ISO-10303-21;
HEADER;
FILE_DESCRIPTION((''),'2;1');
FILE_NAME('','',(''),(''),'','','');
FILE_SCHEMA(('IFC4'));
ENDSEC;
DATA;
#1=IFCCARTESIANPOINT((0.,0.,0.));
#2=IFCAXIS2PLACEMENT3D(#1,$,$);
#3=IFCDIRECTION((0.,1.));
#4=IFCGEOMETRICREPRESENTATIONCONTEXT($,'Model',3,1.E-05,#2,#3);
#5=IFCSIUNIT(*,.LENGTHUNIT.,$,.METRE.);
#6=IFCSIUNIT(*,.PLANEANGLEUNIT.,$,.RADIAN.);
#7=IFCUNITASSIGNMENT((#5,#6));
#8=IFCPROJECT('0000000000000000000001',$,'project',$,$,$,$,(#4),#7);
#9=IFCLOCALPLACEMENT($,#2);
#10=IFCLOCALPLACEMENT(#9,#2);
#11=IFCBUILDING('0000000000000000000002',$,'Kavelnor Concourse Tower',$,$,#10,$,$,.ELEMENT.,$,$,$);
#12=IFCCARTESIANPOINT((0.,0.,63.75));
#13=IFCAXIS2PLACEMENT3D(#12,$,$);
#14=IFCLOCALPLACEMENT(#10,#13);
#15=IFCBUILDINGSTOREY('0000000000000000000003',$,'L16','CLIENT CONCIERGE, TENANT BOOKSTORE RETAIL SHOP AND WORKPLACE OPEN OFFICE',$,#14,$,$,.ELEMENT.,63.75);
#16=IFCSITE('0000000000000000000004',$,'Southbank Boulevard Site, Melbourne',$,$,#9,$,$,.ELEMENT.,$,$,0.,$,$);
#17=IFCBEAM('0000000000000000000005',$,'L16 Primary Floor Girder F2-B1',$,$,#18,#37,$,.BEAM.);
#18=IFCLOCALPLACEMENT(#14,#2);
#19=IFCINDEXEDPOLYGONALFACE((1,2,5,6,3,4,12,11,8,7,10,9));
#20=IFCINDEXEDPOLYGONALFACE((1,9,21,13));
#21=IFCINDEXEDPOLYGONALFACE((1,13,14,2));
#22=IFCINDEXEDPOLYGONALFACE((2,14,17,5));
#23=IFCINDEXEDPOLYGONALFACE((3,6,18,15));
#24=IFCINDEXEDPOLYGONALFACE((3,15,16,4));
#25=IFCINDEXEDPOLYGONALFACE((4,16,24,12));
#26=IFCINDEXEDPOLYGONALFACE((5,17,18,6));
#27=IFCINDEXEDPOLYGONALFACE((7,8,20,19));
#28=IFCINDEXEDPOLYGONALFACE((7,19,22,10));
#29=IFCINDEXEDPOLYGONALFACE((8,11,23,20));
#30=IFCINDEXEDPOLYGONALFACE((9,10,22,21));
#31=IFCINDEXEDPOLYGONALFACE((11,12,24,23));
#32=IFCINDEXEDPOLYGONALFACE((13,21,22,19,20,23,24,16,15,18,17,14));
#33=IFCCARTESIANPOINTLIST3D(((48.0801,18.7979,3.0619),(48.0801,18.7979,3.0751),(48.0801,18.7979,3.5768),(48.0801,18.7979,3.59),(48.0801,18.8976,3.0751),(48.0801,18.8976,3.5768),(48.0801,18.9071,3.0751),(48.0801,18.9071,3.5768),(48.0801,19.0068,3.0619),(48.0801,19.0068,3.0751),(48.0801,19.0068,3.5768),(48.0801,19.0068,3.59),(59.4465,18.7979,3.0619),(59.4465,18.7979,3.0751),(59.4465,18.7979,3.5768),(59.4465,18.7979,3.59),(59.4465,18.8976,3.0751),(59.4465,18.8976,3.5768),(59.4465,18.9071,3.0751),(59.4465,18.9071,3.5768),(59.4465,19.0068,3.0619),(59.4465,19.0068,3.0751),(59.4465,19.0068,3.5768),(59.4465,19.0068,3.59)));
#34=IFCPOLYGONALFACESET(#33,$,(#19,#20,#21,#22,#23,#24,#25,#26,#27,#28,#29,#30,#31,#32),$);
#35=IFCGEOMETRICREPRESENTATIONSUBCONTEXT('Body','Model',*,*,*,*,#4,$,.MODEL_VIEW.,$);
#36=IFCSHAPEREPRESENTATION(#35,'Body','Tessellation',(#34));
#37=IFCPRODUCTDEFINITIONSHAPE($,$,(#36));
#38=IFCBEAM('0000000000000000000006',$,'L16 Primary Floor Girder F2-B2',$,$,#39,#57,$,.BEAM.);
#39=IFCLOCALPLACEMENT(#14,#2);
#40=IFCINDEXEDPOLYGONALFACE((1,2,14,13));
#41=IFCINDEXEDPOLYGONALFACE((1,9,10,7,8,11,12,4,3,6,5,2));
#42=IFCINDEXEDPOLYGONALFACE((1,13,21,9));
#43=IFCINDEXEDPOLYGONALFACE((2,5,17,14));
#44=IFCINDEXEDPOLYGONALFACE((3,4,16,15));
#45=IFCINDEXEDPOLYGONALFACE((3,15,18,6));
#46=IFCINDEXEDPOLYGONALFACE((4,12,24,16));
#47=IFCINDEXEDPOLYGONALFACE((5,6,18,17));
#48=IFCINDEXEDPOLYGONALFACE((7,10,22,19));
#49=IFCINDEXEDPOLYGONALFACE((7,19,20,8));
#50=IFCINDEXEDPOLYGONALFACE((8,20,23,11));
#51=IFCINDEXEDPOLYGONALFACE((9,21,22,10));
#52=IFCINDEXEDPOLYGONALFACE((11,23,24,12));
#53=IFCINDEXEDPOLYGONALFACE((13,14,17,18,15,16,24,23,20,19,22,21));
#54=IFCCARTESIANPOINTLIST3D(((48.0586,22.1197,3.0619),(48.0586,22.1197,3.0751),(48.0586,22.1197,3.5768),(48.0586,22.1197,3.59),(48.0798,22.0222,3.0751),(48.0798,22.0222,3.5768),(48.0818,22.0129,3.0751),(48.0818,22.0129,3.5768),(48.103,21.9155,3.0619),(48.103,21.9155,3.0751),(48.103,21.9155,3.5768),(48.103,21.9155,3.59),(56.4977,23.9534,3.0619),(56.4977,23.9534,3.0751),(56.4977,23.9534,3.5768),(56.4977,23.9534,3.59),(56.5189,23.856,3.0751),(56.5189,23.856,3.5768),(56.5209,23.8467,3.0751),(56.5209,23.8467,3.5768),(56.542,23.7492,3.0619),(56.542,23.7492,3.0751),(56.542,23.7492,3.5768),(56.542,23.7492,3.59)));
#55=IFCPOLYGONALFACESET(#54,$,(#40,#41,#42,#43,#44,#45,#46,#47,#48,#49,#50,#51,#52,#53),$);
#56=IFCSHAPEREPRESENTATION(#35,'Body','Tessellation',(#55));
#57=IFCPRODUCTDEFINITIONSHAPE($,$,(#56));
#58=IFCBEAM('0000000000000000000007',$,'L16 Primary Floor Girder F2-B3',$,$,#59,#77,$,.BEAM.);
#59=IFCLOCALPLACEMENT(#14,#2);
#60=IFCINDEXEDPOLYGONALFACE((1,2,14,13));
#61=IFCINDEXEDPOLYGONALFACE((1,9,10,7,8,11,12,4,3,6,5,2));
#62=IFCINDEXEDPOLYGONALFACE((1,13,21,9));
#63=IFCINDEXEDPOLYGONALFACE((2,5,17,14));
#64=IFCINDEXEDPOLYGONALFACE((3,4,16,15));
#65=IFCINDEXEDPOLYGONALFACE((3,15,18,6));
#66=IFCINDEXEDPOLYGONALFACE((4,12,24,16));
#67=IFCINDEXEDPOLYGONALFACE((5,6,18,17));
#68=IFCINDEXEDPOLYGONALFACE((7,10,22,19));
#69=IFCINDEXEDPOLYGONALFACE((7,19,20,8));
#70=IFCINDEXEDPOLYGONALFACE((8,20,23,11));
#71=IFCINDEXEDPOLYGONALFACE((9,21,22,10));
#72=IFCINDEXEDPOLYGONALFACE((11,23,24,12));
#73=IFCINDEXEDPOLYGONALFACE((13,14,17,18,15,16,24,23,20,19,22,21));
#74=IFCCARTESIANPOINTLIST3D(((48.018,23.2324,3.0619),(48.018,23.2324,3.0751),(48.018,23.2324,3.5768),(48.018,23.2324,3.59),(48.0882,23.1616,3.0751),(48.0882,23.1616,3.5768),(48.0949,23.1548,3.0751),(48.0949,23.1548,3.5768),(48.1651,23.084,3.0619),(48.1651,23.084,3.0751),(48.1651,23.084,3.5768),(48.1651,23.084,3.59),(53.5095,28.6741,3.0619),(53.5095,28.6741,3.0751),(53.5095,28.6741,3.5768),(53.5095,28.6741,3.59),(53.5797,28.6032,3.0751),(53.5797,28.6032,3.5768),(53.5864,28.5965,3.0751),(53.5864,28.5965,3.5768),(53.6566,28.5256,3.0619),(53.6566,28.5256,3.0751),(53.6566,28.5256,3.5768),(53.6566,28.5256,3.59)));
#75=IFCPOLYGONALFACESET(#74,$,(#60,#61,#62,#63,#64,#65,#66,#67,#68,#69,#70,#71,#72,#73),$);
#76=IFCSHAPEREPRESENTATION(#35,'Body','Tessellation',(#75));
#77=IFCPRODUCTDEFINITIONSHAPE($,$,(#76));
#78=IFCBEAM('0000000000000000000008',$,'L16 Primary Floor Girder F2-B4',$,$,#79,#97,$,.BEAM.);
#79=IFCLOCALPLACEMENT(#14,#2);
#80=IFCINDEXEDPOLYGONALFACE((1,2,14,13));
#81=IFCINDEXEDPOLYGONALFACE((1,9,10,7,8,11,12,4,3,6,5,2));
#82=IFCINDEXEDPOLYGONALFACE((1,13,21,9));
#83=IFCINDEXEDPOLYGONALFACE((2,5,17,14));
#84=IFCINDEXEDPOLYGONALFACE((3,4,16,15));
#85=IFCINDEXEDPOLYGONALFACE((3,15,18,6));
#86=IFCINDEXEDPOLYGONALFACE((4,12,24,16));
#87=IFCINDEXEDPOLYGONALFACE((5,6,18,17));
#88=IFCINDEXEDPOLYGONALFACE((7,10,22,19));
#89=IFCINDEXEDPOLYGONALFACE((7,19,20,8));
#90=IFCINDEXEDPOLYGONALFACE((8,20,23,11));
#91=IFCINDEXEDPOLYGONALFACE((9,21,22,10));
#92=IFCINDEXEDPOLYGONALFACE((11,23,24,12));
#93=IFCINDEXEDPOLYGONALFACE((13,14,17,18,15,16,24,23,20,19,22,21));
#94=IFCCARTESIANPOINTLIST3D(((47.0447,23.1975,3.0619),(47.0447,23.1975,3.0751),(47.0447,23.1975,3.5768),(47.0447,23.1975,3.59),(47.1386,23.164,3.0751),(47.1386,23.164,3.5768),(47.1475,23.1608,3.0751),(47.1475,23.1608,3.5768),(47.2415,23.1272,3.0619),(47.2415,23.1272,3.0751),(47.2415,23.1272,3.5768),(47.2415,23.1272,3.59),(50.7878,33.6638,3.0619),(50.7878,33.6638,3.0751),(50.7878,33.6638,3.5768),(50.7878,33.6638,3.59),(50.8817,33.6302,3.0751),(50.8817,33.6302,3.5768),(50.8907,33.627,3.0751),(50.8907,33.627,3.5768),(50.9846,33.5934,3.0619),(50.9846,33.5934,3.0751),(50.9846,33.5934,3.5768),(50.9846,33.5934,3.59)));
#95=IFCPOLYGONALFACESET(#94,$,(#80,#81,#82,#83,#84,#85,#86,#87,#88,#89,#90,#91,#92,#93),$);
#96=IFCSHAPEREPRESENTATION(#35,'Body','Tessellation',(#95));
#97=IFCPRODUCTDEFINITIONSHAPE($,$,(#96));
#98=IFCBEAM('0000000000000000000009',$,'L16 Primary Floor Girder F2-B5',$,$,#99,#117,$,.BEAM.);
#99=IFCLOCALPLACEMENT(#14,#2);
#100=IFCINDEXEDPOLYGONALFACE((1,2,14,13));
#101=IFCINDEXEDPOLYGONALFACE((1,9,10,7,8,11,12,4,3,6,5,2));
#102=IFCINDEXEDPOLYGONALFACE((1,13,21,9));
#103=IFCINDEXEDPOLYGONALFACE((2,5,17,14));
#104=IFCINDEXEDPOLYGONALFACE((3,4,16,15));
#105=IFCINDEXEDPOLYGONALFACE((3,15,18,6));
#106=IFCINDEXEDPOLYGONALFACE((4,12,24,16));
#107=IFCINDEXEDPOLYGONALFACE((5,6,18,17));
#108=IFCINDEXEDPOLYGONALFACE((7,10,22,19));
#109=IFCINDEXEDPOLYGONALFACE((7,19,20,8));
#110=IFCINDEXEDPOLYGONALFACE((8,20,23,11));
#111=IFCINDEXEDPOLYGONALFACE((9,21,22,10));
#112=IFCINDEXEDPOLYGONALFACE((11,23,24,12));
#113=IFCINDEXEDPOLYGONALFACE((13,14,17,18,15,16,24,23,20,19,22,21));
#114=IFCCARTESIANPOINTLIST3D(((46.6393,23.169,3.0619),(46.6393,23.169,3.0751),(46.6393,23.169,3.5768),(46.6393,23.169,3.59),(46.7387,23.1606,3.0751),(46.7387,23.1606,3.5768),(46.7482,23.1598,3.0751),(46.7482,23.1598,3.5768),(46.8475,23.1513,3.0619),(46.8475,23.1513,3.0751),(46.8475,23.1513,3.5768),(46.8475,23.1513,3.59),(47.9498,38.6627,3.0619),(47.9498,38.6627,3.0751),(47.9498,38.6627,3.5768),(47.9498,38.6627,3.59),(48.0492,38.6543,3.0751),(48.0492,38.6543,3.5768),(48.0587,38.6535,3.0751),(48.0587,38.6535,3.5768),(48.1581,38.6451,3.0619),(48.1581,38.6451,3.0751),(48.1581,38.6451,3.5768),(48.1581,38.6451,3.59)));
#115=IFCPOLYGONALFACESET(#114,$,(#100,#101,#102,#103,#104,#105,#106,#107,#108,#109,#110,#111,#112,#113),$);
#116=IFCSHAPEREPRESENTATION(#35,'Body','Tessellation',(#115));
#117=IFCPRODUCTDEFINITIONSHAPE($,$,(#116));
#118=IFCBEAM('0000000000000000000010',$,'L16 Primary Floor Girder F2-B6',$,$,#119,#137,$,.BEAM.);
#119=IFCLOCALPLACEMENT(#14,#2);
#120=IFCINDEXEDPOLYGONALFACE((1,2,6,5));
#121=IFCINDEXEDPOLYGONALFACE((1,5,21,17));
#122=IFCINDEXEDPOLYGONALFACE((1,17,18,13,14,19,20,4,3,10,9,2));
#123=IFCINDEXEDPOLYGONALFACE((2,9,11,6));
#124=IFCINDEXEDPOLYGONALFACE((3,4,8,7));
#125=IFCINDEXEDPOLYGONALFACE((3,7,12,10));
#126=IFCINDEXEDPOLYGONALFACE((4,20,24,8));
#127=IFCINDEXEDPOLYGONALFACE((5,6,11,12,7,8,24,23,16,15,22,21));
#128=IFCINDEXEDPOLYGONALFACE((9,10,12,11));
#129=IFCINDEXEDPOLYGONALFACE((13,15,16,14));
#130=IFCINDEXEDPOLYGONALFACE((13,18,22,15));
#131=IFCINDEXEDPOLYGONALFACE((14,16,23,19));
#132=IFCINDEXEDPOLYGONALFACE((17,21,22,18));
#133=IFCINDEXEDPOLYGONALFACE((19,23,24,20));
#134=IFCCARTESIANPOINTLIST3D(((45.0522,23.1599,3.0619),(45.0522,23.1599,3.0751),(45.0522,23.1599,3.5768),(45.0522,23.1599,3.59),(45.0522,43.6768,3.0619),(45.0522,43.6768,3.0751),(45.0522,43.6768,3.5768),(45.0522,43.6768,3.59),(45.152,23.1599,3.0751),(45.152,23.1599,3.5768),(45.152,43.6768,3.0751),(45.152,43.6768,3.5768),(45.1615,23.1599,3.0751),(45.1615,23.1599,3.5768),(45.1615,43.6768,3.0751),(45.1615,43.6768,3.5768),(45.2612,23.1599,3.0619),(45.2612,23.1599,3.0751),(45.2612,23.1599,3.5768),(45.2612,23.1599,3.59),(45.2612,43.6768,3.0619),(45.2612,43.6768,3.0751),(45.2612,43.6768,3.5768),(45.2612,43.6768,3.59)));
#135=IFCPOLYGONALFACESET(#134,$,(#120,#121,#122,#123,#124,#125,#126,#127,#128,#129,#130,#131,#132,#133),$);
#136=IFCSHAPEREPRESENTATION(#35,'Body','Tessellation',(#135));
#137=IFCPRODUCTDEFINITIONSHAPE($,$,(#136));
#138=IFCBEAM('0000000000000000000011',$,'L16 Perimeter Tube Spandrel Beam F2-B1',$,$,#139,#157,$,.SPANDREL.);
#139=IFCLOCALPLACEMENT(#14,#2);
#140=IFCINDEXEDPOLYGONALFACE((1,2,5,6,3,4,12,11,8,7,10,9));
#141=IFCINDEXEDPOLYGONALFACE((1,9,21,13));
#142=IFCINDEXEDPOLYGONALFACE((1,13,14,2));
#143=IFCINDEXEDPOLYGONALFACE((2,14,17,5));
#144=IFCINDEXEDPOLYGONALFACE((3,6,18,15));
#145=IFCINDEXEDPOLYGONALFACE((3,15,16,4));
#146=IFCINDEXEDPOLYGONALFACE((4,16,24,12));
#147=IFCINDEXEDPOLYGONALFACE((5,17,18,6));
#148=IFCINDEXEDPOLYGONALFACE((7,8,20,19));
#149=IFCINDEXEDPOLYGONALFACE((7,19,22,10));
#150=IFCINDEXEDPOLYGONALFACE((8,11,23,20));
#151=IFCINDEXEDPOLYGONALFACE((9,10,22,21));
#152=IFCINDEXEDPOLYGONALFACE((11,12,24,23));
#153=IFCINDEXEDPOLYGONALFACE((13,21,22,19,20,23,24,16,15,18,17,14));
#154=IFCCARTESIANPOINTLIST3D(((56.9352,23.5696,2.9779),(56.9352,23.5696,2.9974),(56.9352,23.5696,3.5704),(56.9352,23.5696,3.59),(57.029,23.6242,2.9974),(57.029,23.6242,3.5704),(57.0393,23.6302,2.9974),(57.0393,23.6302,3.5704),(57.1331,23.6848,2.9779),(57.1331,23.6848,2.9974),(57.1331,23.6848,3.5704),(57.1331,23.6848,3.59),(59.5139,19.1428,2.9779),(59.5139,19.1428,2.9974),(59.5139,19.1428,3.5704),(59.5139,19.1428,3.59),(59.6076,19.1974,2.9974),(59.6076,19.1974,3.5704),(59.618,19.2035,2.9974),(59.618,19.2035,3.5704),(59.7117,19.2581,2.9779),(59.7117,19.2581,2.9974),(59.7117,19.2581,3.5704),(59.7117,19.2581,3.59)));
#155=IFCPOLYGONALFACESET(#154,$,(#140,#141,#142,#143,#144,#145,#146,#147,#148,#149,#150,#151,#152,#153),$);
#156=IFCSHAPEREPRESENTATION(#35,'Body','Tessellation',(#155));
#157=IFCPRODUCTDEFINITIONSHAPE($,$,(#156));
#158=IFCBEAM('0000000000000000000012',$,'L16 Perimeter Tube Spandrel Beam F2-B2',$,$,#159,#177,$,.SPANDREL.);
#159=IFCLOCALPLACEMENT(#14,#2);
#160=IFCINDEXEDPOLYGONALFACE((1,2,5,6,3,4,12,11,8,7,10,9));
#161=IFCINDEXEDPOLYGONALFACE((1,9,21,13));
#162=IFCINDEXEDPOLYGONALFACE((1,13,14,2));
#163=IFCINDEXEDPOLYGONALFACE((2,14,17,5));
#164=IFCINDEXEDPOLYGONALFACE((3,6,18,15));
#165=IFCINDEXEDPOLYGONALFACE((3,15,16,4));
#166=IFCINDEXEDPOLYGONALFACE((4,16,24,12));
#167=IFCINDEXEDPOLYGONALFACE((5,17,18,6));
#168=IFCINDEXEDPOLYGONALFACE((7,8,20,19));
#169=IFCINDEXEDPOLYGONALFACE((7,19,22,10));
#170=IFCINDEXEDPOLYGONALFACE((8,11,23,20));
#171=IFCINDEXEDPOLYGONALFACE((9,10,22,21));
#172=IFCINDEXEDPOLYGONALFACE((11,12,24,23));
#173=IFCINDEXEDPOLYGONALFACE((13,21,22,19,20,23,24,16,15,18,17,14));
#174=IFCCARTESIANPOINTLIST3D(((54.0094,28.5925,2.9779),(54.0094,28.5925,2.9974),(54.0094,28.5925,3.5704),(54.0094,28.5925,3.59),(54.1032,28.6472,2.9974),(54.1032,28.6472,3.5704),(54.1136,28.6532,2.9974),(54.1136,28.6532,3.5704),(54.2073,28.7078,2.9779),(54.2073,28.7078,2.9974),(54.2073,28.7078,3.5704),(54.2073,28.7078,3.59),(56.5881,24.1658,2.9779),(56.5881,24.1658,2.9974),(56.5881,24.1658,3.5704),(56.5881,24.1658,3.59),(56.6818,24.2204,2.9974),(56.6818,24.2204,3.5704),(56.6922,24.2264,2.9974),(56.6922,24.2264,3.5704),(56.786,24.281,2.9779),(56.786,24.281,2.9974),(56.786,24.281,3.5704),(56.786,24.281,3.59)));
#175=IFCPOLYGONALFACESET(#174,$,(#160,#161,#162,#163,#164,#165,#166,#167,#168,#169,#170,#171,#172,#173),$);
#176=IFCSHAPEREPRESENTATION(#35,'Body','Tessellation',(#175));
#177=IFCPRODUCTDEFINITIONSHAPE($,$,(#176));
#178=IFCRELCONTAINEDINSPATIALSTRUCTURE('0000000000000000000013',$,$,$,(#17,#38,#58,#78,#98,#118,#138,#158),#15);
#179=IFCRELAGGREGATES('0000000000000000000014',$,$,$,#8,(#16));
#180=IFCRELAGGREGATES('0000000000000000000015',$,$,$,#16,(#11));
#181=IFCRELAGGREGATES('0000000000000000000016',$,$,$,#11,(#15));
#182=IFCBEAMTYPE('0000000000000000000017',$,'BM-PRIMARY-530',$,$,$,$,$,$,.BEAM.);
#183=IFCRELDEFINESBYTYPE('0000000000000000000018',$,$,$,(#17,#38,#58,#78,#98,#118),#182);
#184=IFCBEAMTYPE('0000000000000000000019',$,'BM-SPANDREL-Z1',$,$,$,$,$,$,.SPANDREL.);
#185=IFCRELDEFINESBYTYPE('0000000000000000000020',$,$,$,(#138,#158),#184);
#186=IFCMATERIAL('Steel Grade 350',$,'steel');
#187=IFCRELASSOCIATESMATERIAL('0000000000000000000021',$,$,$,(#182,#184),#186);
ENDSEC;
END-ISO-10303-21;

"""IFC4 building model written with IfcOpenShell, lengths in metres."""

from ifc_helpers import new_model, si_unit, direction, frame, origin, origin_2d, place, context, subcontext, project, spatial, i_section, extrude, material, material_profile, profile_set, type_object, element, save


model = new_model("IFC4")

# Units and contexts
model_context = context("Model", 3, precision=1e-05, world=origin(), true_north=direction((0.0, 1.0)))
body_context = subcontext(model_context, "Body", "Model", "MODEL_VIEW")
ifc_project = project(units=[si_unit("LENGTHUNIT", "METRE"), si_unit("PLANEANGLEUNIT", "RADIAN")], contexts=[model_context])

# Site, building, storey
site_placement = place(None, origin())
site = spatial("IfcSite", under=ifc_project, at=site_placement, Name="Southbank Boulevard Site, Melbourne", CompositionType="ELEMENT", RefElevation=0.0)
building_placement = place(site_placement, origin())
building = spatial("IfcBuilding", under=site, at=building_placement, Name="Kavelnor Concourse Tower", CompositionType="ELEMENT")
storey_placement = place(building_placement, frame((0.0, 0.0, 63.75)))
storey = spatial("IfcBuildingStorey", under=building, at=storey_placement, Name="L16", Description="CLIENT CONCIERGE, TENANT BOOKSTORE RETAIL SHOP AND WORKPLACE OPEN OFFICE", CompositionType="ELEMENT", Elevation=63.75)

# Shared definitions
ifc_material_1 = material(Name="Steel Grade 350", Category="steel")

# Beams
ifc_material_profile_1 = material_profile(ifc_material_1, i_section(OverallWidth=0.209, OverallDepth=0.5281, WebThickness=0.0095, FlangeThickness=0.0132, at=origin_2d()), Name="530UB82")
ifc_profile_set_1 = profile_set([ifc_material_profile_1], Name="Steel Grade 350")
beam_type_1 = type_object("IfcBeamType", Name="BM-PRIMARY-530", PredefinedType="BEAM", material=ifc_profile_set_1)
beam_1_placement = place(storey_placement, frame((48.0801, 18.9023, 3.3259), z_axis=(1.0, 0.0, 0.0), x_axis=(0.0, 1.0, 0.0)))
element("IfcBeam", 1, at=beam_1_placement, inside=storey, type_object=beam_type_1, Name="L16 Primary Floor Girder F2-B1", PredefinedType="BEAM", context=body_context, shape_type="SweptSolid", body=[
    extrude(i_section(OverallWidth=0.209, OverallDepth=0.5281, WebThickness=0.0095, FlangeThickness=0.0132, at=origin_2d()), origin(), (0.0, 0.0, 1.0), 11.3665),
])
beam_2_placement = place(storey_placement, frame((48.0808, 22.0176, 3.3259), z_axis=(0.977196, 0.212339, 0.0), x_axis=(-0.212339, 0.977196, 0.0)))
element("IfcBeam", 2, at=beam_2_placement, inside=storey, type_object=beam_type_1, Name="L16 Primary Floor Girder F2-B2", PredefinedType="BEAM", context=body_context, shape_type="SweptSolid", body=[
    extrude(i_section(OverallWidth=0.209, OverallDepth=0.5281, WebThickness=0.0095, FlangeThickness=0.0132, at=origin_2d()), origin(), (0.0, 0.0, 1.0), 8.636),
])
beam_3_placement = place(storey_placement, frame((48.0916, 23.1582, 3.3259), z_axis=(0.710321, 0.703878, 0.0), x_axis=(-0.703878, 0.710321, 0.0)))
element("IfcBeam", 3, at=beam_3_placement, inside=storey, type_object=beam_type_1, Name="L16 Primary Floor Girder F2-B3", PredefinedType="BEAM", context=body_context, shape_type="SweptSolid", body=[
    extrude(i_section(OverallWidth=0.209, OverallDepth=0.5281, WebThickness=0.0095, FlangeThickness=0.0132, at=origin_2d()), origin(), (0.0, 0.0, 1.0), 7.731),
])
beam_4_placement = place(storey_placement, frame((47.1431, 23.1624, 3.3259), z_axis=(0.336751, 0.941594, 0.0), x_axis=(-0.941594, 0.336751, 0.0)))
element("IfcBeam", 4, at=beam_4_placement, inside=storey, type_object=beam_type_1, Name="L16 Primary Floor Girder F2-B4", PredefinedType="BEAM", context=body_context, shape_type="SweptSolid", body=[
    extrude(i_section(OverallWidth=0.209, OverallDepth=0.5281, WebThickness=0.0095, FlangeThickness=0.0132, at=origin_2d()), origin(), (0.0, 0.0, 1.0), 11.1155),
])
beam_5_placement = place(storey_placement, frame((46.7434, 23.1602, 3.3259), z_axis=(0.084285, 0.996442, 0.0), x_axis=(-0.996442, 0.084285, 0.0)))
element("IfcBeam", 5, at=beam_5_placement, inside=storey, type_object=beam_type_1, Name="L16 Primary Floor Girder F2-B5", PredefinedType="BEAM", context=body_context, shape_type="SweptSolid", body=[
    extrude(i_section(OverallWidth=0.209, OverallDepth=0.5281, WebThickness=0.0095, FlangeThickness=0.0132, at=origin_2d()), origin(), (0.0, 0.0, 1.0), 15.5491),
])
beam_6_placement = place(storey_placement, frame((45.1567, 23.1599, 3.3259), z_axis=(0.0, 1.0, 0.0), x_axis=(-1.0, 0.0, 0.0)))
element("IfcBeam", 6, at=beam_6_placement, inside=storey, type_object=beam_type_1, Name="L16 Primary Floor Girder F2-B6", PredefinedType="BEAM", context=body_context, shape_type="SweptSolid", body=[
    extrude(i_section(OverallWidth=0.209, OverallDepth=0.5281, WebThickness=0.0095, FlangeThickness=0.0132, at=origin_2d()), origin(), (0.0, 0.0, 1.0), 20.5168),
])
ifc_material_profile_2 = material_profile(ifc_material_1, i_section(OverallWidth=0.229, OverallDepth=0.6121, WebThickness=0.012, FlangeThickness=0.0195, at=origin_2d()), Name="610UB125")
ifc_profile_set_2 = profile_set([ifc_material_profile_2], Name="Steel Grade 350")
beam_type_2 = type_object("IfcBeamType", Name="BM-SPANDREL-Z1", PredefinedType="SPANDREL", material=ifc_profile_set_2)
for number, where, z_axis, x_axis, name in (
    (7, (59.6128, 19.2004, 3.2839), (-0.503338, 0.86409, 0.0), (-0.86409, -0.503338, 0.0), "L16 Perimeter Tube Spandrel Beam F2-B1"),
    (8, (56.687, 24.2234, 3.2839), (-0.503338, 0.86409, 0.0), (-0.86409, -0.503338, 0.0), "L16 Perimeter Tube Spandrel Beam F2-B2"),
):
    element("IfcBeam", number, at=place(storey_placement, frame(where, z_axis=z_axis, x_axis=x_axis)), inside=storey, type_object=beam_type_2, Name=name, PredefinedType="SPANDREL", context=body_context, shape_type="SweptSolid", body=[
        extrude(i_section(OverallWidth=0.229, OverallDepth=0.6121, WebThickness=0.012, FlangeThickness=0.0195, at=origin_2d()), origin(), (0.0, 0.0, 1.0), 5.123),
    ])

save(model, "model.ifc")
